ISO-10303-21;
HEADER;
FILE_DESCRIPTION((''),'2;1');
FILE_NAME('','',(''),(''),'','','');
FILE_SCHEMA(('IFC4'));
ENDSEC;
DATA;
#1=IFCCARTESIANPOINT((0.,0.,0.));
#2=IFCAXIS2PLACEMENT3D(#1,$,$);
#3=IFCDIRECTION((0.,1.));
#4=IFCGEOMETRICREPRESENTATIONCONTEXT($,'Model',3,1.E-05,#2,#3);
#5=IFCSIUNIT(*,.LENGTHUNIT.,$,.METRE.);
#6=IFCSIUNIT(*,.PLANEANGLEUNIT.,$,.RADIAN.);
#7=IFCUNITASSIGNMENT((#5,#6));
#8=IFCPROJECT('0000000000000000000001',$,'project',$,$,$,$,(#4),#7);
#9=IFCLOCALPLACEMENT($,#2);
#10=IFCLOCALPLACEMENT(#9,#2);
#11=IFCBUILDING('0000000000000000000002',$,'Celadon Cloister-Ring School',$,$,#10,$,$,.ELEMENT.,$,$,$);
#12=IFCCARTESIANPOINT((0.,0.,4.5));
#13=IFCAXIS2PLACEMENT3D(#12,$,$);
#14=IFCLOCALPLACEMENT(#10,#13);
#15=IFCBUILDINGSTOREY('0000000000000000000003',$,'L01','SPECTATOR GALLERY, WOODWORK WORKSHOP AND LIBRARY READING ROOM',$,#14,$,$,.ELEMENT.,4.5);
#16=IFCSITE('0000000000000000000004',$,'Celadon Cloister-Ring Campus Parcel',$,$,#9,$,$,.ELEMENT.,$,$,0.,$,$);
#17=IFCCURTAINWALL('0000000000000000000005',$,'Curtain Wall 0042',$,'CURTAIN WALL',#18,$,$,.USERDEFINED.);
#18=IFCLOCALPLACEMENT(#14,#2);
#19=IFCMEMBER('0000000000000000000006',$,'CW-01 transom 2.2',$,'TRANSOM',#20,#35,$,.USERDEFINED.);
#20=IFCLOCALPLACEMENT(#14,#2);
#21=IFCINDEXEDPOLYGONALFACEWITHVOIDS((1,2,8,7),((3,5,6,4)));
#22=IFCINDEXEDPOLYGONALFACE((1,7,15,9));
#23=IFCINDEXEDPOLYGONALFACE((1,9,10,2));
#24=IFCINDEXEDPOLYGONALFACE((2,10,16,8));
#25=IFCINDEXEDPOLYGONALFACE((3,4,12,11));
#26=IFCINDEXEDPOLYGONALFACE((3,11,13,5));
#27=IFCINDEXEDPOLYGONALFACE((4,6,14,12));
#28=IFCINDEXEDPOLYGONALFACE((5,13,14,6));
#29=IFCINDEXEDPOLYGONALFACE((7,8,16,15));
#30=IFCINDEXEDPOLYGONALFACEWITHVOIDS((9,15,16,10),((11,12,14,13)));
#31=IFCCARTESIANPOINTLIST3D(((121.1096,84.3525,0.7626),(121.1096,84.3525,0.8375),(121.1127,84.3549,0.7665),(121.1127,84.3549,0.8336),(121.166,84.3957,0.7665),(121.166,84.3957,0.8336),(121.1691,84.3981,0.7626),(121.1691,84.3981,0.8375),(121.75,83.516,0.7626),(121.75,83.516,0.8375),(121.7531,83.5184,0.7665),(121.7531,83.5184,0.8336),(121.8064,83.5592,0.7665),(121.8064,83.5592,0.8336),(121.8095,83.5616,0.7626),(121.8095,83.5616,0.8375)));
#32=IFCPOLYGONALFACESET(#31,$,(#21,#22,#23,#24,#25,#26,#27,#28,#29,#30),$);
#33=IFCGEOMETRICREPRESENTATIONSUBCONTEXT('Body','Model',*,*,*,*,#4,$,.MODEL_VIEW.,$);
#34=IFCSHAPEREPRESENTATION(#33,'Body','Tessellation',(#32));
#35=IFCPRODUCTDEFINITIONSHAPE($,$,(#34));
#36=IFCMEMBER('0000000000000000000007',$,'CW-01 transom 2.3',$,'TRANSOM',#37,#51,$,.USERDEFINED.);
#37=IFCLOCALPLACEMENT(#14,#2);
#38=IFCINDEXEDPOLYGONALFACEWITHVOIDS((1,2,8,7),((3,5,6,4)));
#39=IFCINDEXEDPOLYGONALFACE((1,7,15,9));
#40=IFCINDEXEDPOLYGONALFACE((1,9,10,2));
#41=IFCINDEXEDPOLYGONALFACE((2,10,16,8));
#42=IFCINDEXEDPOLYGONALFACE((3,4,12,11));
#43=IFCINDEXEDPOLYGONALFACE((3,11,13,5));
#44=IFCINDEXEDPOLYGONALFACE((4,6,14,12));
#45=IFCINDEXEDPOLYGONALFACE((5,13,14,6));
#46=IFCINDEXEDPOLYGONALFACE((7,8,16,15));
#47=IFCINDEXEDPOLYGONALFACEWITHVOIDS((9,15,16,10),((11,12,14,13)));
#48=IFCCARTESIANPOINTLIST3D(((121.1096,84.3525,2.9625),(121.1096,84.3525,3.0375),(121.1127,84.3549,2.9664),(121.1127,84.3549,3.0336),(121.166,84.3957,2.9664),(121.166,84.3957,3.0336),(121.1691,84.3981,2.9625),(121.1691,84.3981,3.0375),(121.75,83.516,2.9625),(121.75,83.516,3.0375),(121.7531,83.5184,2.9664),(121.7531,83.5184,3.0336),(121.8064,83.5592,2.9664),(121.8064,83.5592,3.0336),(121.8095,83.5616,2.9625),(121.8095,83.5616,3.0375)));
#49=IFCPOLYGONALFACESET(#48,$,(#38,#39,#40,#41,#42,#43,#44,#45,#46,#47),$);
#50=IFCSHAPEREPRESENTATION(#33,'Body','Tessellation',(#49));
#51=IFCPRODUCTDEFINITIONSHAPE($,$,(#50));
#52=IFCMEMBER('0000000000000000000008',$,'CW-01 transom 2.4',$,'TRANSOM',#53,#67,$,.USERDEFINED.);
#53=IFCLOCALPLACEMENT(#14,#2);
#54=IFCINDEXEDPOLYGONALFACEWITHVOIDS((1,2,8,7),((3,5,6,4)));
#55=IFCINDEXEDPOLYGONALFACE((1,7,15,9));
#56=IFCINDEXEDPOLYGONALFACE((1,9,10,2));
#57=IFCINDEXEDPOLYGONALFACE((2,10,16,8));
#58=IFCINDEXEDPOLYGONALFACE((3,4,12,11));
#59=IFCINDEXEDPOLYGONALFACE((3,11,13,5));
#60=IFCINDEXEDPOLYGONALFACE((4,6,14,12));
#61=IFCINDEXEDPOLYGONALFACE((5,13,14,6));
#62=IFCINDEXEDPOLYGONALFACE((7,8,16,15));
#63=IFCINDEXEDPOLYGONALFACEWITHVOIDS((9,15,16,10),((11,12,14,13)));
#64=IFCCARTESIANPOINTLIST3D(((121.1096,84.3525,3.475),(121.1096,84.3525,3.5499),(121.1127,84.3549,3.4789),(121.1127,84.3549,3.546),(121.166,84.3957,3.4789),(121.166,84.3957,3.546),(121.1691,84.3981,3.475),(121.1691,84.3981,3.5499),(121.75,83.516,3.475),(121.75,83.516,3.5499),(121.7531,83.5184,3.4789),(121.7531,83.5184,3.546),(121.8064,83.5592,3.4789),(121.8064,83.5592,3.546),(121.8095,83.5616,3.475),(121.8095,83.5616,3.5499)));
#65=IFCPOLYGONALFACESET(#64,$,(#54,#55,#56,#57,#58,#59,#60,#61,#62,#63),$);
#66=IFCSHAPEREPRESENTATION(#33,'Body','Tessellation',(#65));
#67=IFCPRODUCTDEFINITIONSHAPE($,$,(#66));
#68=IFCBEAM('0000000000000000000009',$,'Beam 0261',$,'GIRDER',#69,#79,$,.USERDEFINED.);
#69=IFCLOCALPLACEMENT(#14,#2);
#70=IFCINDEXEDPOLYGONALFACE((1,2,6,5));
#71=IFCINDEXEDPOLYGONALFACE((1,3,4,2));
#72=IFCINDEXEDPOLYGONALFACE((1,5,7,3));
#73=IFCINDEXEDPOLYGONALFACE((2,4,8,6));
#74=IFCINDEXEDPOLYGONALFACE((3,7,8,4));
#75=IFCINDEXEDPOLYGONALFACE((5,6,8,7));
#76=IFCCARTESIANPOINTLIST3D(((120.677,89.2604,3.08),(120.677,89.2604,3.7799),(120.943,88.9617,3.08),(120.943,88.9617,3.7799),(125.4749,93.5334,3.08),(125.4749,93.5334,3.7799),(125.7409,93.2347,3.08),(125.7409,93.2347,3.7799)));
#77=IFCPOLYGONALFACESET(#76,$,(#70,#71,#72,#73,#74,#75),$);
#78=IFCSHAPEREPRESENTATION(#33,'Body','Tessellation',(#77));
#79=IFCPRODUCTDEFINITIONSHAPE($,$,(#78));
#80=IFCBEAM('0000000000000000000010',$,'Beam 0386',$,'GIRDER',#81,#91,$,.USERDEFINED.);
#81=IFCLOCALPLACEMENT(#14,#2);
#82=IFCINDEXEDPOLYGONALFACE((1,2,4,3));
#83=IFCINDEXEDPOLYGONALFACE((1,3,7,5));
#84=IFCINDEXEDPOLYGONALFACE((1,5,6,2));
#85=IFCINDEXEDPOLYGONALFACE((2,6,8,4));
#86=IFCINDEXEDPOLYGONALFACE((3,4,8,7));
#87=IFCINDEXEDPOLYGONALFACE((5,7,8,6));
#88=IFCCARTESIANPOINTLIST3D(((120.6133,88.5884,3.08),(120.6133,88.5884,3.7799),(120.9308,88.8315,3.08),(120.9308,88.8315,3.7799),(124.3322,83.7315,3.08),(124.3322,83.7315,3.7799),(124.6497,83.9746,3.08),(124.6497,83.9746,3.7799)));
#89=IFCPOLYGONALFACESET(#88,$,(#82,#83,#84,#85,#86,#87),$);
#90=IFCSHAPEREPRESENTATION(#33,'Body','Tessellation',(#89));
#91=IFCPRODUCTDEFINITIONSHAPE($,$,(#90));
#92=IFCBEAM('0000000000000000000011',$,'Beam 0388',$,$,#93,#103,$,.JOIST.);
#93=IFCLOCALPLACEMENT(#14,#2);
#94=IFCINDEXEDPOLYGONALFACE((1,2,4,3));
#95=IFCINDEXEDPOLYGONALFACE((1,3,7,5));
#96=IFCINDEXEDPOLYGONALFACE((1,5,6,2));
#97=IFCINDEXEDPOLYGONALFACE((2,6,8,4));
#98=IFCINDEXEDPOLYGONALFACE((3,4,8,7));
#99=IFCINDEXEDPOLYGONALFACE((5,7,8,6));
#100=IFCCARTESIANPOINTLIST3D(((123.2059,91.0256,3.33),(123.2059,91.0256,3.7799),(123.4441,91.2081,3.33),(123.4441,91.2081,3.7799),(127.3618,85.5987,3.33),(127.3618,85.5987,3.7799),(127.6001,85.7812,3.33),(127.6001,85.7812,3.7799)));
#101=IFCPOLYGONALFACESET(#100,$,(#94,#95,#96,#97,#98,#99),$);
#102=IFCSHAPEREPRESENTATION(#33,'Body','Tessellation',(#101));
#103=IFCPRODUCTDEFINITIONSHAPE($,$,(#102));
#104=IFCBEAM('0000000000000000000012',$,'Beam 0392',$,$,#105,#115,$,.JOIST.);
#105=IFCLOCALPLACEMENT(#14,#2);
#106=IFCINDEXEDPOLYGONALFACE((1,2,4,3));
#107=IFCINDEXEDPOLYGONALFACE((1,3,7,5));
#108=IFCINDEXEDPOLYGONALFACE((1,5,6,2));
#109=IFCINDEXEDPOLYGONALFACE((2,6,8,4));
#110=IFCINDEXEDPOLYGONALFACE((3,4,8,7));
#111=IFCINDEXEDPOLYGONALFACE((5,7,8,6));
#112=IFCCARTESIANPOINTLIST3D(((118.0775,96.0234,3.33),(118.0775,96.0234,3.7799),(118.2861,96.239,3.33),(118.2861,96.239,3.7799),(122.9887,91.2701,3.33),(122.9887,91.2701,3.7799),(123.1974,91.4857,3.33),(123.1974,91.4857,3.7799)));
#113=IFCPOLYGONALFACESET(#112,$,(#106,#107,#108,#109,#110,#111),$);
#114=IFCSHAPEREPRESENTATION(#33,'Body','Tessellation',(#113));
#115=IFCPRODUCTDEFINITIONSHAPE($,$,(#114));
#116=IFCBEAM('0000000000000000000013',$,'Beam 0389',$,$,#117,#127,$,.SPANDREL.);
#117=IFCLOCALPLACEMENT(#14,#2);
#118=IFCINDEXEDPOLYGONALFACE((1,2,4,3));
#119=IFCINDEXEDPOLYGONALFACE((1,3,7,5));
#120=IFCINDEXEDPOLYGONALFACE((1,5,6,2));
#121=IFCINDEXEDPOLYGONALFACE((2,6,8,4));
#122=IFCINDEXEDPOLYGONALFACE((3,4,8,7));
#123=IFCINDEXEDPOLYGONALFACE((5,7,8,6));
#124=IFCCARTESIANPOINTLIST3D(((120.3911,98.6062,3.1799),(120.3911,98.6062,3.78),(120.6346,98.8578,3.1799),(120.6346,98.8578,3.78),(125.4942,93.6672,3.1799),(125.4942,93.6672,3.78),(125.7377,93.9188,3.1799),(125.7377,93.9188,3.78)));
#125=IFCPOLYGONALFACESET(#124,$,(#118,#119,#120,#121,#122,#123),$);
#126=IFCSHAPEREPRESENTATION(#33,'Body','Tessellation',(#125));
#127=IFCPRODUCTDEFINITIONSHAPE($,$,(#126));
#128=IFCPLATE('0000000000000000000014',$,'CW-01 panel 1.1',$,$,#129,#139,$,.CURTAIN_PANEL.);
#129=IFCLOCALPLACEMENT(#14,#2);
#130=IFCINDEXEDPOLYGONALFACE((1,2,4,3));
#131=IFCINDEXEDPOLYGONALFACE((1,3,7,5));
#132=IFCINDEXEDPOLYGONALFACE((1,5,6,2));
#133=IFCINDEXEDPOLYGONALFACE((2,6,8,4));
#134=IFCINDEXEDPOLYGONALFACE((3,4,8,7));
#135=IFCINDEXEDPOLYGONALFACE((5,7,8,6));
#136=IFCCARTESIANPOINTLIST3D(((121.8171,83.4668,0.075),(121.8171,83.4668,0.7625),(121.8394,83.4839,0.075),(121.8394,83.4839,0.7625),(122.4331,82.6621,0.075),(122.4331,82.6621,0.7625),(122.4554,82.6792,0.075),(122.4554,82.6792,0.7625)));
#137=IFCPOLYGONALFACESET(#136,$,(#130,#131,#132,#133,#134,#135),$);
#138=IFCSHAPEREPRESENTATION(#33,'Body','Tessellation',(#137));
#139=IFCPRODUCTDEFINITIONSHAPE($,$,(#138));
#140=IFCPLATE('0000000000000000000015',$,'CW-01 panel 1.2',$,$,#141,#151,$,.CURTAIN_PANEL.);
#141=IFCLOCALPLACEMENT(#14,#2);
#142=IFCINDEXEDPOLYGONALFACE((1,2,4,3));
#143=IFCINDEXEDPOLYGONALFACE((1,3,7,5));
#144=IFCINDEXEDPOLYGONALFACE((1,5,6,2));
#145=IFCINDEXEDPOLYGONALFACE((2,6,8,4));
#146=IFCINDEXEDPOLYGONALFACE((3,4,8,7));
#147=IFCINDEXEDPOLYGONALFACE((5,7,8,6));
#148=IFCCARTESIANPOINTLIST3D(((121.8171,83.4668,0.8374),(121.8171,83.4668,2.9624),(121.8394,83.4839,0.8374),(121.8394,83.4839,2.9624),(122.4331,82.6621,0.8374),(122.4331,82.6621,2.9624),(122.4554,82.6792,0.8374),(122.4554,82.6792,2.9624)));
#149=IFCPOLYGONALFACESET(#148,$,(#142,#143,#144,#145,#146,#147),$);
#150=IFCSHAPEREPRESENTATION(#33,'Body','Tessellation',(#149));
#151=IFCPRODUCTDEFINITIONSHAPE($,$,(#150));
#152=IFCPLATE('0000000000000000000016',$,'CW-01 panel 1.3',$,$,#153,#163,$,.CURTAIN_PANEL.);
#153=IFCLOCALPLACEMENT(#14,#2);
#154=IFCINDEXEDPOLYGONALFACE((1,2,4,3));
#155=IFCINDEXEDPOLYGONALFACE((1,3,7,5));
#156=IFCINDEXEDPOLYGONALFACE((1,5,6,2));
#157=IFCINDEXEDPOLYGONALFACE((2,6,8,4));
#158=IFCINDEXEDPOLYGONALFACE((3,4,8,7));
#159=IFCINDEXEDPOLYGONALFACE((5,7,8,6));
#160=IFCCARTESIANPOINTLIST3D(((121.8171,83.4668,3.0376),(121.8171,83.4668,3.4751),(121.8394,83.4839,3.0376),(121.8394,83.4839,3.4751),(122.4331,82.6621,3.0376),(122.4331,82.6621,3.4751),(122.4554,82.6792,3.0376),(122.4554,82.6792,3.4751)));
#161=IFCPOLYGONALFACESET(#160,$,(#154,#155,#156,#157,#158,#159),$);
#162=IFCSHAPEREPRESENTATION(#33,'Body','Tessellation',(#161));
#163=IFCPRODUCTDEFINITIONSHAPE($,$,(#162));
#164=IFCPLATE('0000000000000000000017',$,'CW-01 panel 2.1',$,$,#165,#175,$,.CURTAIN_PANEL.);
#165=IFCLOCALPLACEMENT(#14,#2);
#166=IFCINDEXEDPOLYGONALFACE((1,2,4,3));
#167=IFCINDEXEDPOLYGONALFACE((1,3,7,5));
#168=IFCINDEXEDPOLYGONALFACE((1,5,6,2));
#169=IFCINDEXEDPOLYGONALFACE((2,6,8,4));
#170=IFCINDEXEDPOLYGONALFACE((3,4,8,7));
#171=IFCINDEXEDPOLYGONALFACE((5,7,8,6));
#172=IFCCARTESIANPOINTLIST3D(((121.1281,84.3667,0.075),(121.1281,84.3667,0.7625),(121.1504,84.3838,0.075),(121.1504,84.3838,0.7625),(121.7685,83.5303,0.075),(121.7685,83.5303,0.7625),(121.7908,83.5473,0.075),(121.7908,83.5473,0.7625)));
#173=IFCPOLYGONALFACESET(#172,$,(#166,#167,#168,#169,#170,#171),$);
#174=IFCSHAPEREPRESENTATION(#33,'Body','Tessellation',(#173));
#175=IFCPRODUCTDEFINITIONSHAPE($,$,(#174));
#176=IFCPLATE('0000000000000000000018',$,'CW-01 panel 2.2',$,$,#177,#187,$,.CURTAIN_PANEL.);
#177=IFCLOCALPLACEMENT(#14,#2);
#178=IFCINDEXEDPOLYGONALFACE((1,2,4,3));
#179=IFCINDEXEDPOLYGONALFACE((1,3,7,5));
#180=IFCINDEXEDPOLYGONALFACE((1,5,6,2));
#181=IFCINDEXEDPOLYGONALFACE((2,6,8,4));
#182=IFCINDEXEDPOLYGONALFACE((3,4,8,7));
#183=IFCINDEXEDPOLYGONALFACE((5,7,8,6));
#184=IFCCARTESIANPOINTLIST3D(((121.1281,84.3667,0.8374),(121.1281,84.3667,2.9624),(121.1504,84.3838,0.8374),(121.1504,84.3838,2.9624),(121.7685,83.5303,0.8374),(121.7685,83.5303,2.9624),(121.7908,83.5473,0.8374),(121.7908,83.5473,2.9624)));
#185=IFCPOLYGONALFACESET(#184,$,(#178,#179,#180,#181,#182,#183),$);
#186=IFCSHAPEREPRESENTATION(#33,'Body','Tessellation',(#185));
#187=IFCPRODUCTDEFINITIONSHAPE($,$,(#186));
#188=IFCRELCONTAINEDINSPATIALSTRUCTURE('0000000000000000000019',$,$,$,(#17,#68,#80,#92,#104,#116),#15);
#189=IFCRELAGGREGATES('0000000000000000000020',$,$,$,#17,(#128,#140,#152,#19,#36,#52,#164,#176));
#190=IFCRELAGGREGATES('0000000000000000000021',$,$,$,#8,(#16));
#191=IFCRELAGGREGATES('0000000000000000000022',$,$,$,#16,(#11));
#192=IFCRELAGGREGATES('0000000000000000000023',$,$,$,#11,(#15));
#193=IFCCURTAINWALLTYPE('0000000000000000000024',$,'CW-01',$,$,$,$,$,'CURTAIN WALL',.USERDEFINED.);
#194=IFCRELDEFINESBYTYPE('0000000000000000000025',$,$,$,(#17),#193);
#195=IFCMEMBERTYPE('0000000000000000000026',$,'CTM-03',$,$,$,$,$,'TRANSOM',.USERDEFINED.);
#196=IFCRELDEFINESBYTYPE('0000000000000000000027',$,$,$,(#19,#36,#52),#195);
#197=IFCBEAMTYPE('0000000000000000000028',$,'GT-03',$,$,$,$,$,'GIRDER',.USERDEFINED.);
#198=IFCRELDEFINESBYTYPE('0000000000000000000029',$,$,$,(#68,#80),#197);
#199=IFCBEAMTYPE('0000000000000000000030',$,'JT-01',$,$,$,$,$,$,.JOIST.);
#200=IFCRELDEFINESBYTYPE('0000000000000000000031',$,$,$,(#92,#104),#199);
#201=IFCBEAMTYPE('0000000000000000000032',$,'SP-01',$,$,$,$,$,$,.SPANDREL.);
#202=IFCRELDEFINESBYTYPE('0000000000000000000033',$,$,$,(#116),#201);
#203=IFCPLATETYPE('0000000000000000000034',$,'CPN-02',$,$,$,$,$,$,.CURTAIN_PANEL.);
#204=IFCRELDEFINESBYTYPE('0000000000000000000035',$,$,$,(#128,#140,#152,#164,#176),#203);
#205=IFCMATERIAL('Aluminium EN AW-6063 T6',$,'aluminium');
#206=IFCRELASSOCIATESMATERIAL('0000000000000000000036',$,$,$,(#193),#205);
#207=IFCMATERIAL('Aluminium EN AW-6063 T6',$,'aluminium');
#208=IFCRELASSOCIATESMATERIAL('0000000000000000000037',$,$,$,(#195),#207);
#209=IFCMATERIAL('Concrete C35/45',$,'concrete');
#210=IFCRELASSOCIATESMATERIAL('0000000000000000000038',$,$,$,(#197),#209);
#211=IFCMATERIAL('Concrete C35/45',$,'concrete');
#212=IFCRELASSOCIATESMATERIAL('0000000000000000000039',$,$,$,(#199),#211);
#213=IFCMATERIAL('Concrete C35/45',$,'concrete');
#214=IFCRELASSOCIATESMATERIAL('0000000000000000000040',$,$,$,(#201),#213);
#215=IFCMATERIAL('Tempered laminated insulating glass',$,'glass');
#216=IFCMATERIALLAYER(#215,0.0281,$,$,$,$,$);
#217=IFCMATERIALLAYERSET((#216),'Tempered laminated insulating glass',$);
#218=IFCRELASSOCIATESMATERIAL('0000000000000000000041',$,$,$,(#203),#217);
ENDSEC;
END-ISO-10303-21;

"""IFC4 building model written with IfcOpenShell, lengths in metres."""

from ifc_helpers import new_model, si_unit, direction, frame, origin, origin_2d, place, context, subcontext, project, spatial, rectangle, hollow_rectangle, extrude, material, layer, layer_set, material_profile, profile_set, type_object, element, aggregate, save


model = new_model("IFC4")

# Units and contexts
model_context = context("Model", 3, precision=1e-05, world=origin(), true_north=direction((0.0, 1.0)))
body_context = subcontext(model_context, "Body", "Model", "MODEL_VIEW")
ifc_project = project(units=[si_unit("LENGTHUNIT", "METRE"), si_unit("PLANEANGLEUNIT", "RADIAN")], contexts=[model_context])

# Site, building, storey
site_placement = place(None, origin())
site = spatial("IfcSite", under=ifc_project, at=site_placement, Name="Celadon Cloister-Ring Campus Parcel", CompositionType="ELEMENT", RefElevation=0.0)
building_placement = place(site_placement, origin())
building = spatial("IfcBuilding", under=site, at=building_placement, Name="Celadon Cloister-Ring School", CompositionType="ELEMENT")
storey_placement = place(building_placement, frame((0.0, 0.0, 4.5)))
storey = spatial("IfcBuildingStorey", under=building, at=storey_placement, Name="L01", Description="SPECTATOR GALLERY, WOODWORK WORKSHOP AND LIBRARY READING ROOM", CompositionType="ELEMENT", Elevation=4.5)

# Curtain wall, members
ifc_material_1 = material(Name="Aluminium EN AW-6063 T6", Category="aluminium")
curtain_wall_type = type_object("IfcCurtainWallType", Name="CW-01", ElementType="CURTAIN WALL", PredefinedType="USERDEFINED", material=ifc_material_1)
curtain_wall_placement = place(storey_placement, origin())
curtain_wall = element("IfcCurtainWall", 1, at=curtain_wall_placement, inside=storey, type_object=curtain_wall_type, Name="Curtain Wall 0042", ObjectType="CURTAIN WALL", PredefinedType="USERDEFINED")
ifc_material_2 = material(Name="Aluminium EN AW-6063 T6", Category="aluminium")
ifc_material_profile_1 = material_profile(ifc_material_2, hollow_rectangle(XDim=0.075, YDim=0.075, WallThickness=0.0039, at=origin_2d()), Name="RHS75X75X4")
ifc_profile_set_1 = profile_set([ifc_material_profile_1], Name="Aluminium EN AW-6063 T6")
member_type_1 = type_object("IfcMemberType", Name="CTM-03", ElementType="TRANSOM", PredefinedType="USERDEFINED", material=ifc_profile_set_1)
member_1_placement = place(storey_placement, frame((121.7798, 83.5388, 0.8), z_axis=(-0.607906, 0.794009, 0.0), x_axis=(-0.794009, -0.607906, 0.0)))
member_1 = element("IfcMember", 2, at=member_1_placement, type_object=member_type_1, Name="CW-01 transom 2.2", ObjectType="TRANSOM", PredefinedType="USERDEFINED", context=body_context, shape_type="SweptSolid", body=[
    extrude(hollow_rectangle(XDim=0.075, YDim=0.075, WallThickness=0.0039, at=origin_2d()), origin(), (0.0, 0.0, 1.0), 1.0535),
])
member_2_placement = place(storey_placement, frame((121.7798, 83.5388, 3.0), z_axis=(-0.607906, 0.794009, 0.0), x_axis=(-0.794009, -0.607906, 0.0)))
member_2 = element("IfcMember", 3, at=member_2_placement, type_object=member_type_1, Name="CW-01 transom 2.3", ObjectType="TRANSOM", PredefinedType="USERDEFINED", context=body_context, shape_type="SweptSolid", body=[
    extrude(hollow_rectangle(XDim=0.075, YDim=0.075, WallThickness=0.0039, at=origin_2d()), origin(), (0.0, 0.0, 1.0), 1.0535),
])
member_3_placement = place(storey_placement, frame((121.7798, 83.5388, 3.5125), z_axis=(-0.607906, 0.794009, 0.0), x_axis=(-0.794009, -0.607906, 0.0)))
member_3 = element("IfcMember", 4, at=member_3_placement, type_object=member_type_1, Name="CW-01 transom 2.4", ObjectType="TRANSOM", PredefinedType="USERDEFINED", context=body_context, shape_type="SweptSolid", body=[
    extrude(hollow_rectangle(XDim=0.075, YDim=0.075, WallThickness=0.0039, at=origin_2d()), origin(), (0.0, 0.0, 1.0), 1.0535),
])

# Beams
ifc_material_3 = material(Name="Concrete C35/45", Category="concrete")
ifc_material_profile_2 = material_profile(ifc_material_3, rectangle(XDim=0.3999, YDim=0.7, at=origin_2d()), Name="RC400X700")
ifc_profile_set_2 = profile_set([ifc_material_profile_2], Name="Concrete C35/45")
beam_type_1 = type_object("IfcBeamType", Name="GT-03", ElementType="GIRDER", PredefinedType="USERDEFINED", material=ifc_profile_set_2)
beam_1_placement = place(storey_placement, frame((125.6079, 93.384, 3.4299), z_axis=(-0.746776, -0.665076, 0.0), x_axis=(0.665076, -0.746776, 0.0)))
element("IfcBeam", 5, at=beam_1_placement, inside=storey, type_object=beam_type_1, Name="Beam 0261", ObjectType="GIRDER", PredefinedType="USERDEFINED", context=body_context, shape_type="SweptSolid", body=[
    extrude(rectangle(XDim=0.3999, YDim=0.7, at=origin_2d()), origin(), (0.0, 0.0, 1.0), 6.4248),
])
beam_2_placement = place(storey_placement, frame((124.491, 83.853, 3.4299), z_axis=(-0.607952, 0.793974, 0.0), x_axis=(-0.793974, -0.607952, 0.0)))
element("IfcBeam", 6, at=beam_2_placement, inside=storey, type_object=beam_type_1, Name="Beam 0386", ObjectType="GIRDER", PredefinedType="USERDEFINED", context=body_context, shape_type="SweptSolid", body=[
    extrude(rectangle(XDim=0.3999, YDim=0.7, at=origin_2d()), origin(), (0.0, 0.0, 1.0), 6.1172),
])
ifc_material_4 = material(Name="Concrete C35/45", Category="concrete")
ifc_material_profile_3 = material_profile(ifc_material_4, rectangle(XDim=0.3, YDim=0.45, at=origin_2d()), Name="RC300X450")
ifc_profile_set_3 = profile_set([ifc_material_profile_3], Name="Concrete C35/45")
beam_type_2 = type_object("IfcBeamType", Name="JT-01", PredefinedType="JOIST", material=ifc_profile_set_3)
beam_3_placement = place(storey_placement, frame((127.481, 85.6899, 3.5549), z_axis=(-0.607999, 0.793938, 0.0), x_axis=(-0.793938, -0.607999, 0.0)))
element("IfcBeam", 7, at=beam_3_placement, inside=storey, type_object=beam_type_2, Name="Beam 0388", PredefinedType="JOIST", context=body_context, shape_type="SweptSolid", body=[
    extrude(rectangle(XDim=0.3, YDim=0.45, at=origin_2d()), origin(), (0.0, 0.0, 1.0), 6.8354),
])
beam_4_placement = place(storey_placement, frame((123.093, 91.3779, 3.5549), z_axis=(-0.718568, 0.695457, 0.0), x_axis=(-0.695457, -0.718568, 0.0)))
element("IfcBeam", 8, at=beam_4_placement, inside=storey, type_object=beam_type_2, Name="Beam 0392", PredefinedType="JOIST", context=body_context, shape_type="SweptSolid", body=[
    extrude(rectangle(XDim=0.3, YDim=0.45, at=origin_2d()), origin(), (0.0, 0.0, 1.0), 6.8347),
])
ifc_material_5 = material(Name="Concrete C35/45", Category="concrete")
ifc_material_profile_4 = material_profile(ifc_material_5, rectangle(XDim=0.3501, YDim=0.6001, at=origin_2d()), Name="RC350X600")
ifc_profile_set_4 = profile_set([ifc_material_profile_4], Name="Concrete C35/45")
beam_type_3 = type_object("IfcBeamType", Name="SP-01", PredefinedType="SPANDREL", material=ifc_profile_set_4)
beam_5_placement = place(storey_placement, frame((125.616, 93.793, 3.48), z_axis=(-0.718563, 0.695462, 0.0), x_axis=(-0.695462, -0.718563, 0.0)))
element("IfcBeam", 9, at=beam_5_placement, inside=storey, type_object=beam_type_3, Name="Beam 0389", PredefinedType="SPANDREL", context=body_context, shape_type="SweptSolid", body=[
    extrude(rectangle(XDim=0.3501, YDim=0.6001, at=origin_2d()), origin(), (0.0, 0.0, 1.0), 7.1018),
])

# Plates
ifc_material_6 = material(Name="Tempered laminated insulating glass", Category="glass")
ifc_layer_1 = layer(ifc_material_6, 0.0281)
ifc_layer_set_1 = layer_set([ifc_layer_1], Name="Tempered laminated insulating glass")
plate_type = type_object("IfcPlateType", Name="CPN-02", PredefinedType="CURTAIN_PANEL", material=ifc_layer_set_1)
plate_1_placement = place(storey_placement, frame((122.1362, 83.073, 0.075), z_axis=(0.0, 0.0, 1.0), x_axis=(-0.607876, 0.794032, 0.0)))
plate_1 = element("IfcPlate", 10, at=plate_1_placement, type_object=plate_type, Name="CW-01 panel 1.1", PredefinedType="CURTAIN_PANEL", context=body_context, shape_type="SweptSolid", body=[
    extrude(rectangle(XDim=1.0134, YDim=0.0281, at=origin_2d()), origin(), (0.0, 0.0, 1.0), 0.6875),
])
plate_2_placement = place(storey_placement, frame((122.1362, 83.073, 0.8374), z_axis=(0.0, 0.0, 1.0), x_axis=(-0.607876, 0.794032, 0.0)))
plate_2 = element("IfcPlate", 11, at=plate_2_placement, type_object=plate_type, Name="CW-01 panel 1.2", PredefinedType="CURTAIN_PANEL", context=body_context, shape_type="SweptSolid", body=[
    extrude(rectangle(XDim=1.0134, YDim=0.0281, at=origin_2d()), origin(), (0.0, 0.0, 1.0), 2.125),
])
plate_3_placement = place(storey_placement, frame((122.1362, 83.073, 3.0376), z_axis=(0.0, 0.0, 1.0), x_axis=(-0.607876, 0.794032, 0.0)))
plate_3 = element("IfcPlate", 12, at=plate_3_placement, type_object=plate_type, Name="CW-01 panel 1.3", PredefinedType="CURTAIN_PANEL", context=body_context, shape_type="SweptSolid", body=[
    extrude(rectangle(XDim=1.0134, YDim=0.0281, at=origin_2d()), origin(), (0.0, 0.0, 1.0), 0.4375),
])
plate_4_placement = place(storey_placement, frame((121.4595, 83.957, 0.075), z_axis=(0.0, 0.0, 1.0), x_axis=(-0.607876, 0.794032, 0.0)))
plate_4 = element("IfcPlate", 13, at=plate_4_placement, type_object=plate_type, Name="CW-01 panel 2.1", PredefinedType="CURTAIN_PANEL", context=body_context, shape_type="SweptSolid", body=[
    extrude(rectangle(XDim=1.0535, YDim=0.0281, at=origin_2d()), origin(), (0.0, 0.0, 1.0), 0.6875),
])
plate_5_placement = place(storey_placement, frame((121.4595, 83.957, 0.8374), z_axis=(0.0, 0.0, 1.0), x_axis=(-0.607876, 0.794032, 0.0)))
plate_5 = element("IfcPlate", 14, at=plate_5_placement, type_object=plate_type, Name="CW-01 panel 2.2", PredefinedType="CURTAIN_PANEL", context=body_context, shape_type="SweptSolid", body=[
    extrude(rectangle(XDim=1.0535, YDim=0.0281, at=origin_2d()), origin(), (0.0, 0.0, 1.0), 2.125),
])
aggregate(curtain_wall, [plate_1, plate_2, plate_3, member_1, member_2, member_3, plate_4, plate_5])

save(model, "model.ifc")
